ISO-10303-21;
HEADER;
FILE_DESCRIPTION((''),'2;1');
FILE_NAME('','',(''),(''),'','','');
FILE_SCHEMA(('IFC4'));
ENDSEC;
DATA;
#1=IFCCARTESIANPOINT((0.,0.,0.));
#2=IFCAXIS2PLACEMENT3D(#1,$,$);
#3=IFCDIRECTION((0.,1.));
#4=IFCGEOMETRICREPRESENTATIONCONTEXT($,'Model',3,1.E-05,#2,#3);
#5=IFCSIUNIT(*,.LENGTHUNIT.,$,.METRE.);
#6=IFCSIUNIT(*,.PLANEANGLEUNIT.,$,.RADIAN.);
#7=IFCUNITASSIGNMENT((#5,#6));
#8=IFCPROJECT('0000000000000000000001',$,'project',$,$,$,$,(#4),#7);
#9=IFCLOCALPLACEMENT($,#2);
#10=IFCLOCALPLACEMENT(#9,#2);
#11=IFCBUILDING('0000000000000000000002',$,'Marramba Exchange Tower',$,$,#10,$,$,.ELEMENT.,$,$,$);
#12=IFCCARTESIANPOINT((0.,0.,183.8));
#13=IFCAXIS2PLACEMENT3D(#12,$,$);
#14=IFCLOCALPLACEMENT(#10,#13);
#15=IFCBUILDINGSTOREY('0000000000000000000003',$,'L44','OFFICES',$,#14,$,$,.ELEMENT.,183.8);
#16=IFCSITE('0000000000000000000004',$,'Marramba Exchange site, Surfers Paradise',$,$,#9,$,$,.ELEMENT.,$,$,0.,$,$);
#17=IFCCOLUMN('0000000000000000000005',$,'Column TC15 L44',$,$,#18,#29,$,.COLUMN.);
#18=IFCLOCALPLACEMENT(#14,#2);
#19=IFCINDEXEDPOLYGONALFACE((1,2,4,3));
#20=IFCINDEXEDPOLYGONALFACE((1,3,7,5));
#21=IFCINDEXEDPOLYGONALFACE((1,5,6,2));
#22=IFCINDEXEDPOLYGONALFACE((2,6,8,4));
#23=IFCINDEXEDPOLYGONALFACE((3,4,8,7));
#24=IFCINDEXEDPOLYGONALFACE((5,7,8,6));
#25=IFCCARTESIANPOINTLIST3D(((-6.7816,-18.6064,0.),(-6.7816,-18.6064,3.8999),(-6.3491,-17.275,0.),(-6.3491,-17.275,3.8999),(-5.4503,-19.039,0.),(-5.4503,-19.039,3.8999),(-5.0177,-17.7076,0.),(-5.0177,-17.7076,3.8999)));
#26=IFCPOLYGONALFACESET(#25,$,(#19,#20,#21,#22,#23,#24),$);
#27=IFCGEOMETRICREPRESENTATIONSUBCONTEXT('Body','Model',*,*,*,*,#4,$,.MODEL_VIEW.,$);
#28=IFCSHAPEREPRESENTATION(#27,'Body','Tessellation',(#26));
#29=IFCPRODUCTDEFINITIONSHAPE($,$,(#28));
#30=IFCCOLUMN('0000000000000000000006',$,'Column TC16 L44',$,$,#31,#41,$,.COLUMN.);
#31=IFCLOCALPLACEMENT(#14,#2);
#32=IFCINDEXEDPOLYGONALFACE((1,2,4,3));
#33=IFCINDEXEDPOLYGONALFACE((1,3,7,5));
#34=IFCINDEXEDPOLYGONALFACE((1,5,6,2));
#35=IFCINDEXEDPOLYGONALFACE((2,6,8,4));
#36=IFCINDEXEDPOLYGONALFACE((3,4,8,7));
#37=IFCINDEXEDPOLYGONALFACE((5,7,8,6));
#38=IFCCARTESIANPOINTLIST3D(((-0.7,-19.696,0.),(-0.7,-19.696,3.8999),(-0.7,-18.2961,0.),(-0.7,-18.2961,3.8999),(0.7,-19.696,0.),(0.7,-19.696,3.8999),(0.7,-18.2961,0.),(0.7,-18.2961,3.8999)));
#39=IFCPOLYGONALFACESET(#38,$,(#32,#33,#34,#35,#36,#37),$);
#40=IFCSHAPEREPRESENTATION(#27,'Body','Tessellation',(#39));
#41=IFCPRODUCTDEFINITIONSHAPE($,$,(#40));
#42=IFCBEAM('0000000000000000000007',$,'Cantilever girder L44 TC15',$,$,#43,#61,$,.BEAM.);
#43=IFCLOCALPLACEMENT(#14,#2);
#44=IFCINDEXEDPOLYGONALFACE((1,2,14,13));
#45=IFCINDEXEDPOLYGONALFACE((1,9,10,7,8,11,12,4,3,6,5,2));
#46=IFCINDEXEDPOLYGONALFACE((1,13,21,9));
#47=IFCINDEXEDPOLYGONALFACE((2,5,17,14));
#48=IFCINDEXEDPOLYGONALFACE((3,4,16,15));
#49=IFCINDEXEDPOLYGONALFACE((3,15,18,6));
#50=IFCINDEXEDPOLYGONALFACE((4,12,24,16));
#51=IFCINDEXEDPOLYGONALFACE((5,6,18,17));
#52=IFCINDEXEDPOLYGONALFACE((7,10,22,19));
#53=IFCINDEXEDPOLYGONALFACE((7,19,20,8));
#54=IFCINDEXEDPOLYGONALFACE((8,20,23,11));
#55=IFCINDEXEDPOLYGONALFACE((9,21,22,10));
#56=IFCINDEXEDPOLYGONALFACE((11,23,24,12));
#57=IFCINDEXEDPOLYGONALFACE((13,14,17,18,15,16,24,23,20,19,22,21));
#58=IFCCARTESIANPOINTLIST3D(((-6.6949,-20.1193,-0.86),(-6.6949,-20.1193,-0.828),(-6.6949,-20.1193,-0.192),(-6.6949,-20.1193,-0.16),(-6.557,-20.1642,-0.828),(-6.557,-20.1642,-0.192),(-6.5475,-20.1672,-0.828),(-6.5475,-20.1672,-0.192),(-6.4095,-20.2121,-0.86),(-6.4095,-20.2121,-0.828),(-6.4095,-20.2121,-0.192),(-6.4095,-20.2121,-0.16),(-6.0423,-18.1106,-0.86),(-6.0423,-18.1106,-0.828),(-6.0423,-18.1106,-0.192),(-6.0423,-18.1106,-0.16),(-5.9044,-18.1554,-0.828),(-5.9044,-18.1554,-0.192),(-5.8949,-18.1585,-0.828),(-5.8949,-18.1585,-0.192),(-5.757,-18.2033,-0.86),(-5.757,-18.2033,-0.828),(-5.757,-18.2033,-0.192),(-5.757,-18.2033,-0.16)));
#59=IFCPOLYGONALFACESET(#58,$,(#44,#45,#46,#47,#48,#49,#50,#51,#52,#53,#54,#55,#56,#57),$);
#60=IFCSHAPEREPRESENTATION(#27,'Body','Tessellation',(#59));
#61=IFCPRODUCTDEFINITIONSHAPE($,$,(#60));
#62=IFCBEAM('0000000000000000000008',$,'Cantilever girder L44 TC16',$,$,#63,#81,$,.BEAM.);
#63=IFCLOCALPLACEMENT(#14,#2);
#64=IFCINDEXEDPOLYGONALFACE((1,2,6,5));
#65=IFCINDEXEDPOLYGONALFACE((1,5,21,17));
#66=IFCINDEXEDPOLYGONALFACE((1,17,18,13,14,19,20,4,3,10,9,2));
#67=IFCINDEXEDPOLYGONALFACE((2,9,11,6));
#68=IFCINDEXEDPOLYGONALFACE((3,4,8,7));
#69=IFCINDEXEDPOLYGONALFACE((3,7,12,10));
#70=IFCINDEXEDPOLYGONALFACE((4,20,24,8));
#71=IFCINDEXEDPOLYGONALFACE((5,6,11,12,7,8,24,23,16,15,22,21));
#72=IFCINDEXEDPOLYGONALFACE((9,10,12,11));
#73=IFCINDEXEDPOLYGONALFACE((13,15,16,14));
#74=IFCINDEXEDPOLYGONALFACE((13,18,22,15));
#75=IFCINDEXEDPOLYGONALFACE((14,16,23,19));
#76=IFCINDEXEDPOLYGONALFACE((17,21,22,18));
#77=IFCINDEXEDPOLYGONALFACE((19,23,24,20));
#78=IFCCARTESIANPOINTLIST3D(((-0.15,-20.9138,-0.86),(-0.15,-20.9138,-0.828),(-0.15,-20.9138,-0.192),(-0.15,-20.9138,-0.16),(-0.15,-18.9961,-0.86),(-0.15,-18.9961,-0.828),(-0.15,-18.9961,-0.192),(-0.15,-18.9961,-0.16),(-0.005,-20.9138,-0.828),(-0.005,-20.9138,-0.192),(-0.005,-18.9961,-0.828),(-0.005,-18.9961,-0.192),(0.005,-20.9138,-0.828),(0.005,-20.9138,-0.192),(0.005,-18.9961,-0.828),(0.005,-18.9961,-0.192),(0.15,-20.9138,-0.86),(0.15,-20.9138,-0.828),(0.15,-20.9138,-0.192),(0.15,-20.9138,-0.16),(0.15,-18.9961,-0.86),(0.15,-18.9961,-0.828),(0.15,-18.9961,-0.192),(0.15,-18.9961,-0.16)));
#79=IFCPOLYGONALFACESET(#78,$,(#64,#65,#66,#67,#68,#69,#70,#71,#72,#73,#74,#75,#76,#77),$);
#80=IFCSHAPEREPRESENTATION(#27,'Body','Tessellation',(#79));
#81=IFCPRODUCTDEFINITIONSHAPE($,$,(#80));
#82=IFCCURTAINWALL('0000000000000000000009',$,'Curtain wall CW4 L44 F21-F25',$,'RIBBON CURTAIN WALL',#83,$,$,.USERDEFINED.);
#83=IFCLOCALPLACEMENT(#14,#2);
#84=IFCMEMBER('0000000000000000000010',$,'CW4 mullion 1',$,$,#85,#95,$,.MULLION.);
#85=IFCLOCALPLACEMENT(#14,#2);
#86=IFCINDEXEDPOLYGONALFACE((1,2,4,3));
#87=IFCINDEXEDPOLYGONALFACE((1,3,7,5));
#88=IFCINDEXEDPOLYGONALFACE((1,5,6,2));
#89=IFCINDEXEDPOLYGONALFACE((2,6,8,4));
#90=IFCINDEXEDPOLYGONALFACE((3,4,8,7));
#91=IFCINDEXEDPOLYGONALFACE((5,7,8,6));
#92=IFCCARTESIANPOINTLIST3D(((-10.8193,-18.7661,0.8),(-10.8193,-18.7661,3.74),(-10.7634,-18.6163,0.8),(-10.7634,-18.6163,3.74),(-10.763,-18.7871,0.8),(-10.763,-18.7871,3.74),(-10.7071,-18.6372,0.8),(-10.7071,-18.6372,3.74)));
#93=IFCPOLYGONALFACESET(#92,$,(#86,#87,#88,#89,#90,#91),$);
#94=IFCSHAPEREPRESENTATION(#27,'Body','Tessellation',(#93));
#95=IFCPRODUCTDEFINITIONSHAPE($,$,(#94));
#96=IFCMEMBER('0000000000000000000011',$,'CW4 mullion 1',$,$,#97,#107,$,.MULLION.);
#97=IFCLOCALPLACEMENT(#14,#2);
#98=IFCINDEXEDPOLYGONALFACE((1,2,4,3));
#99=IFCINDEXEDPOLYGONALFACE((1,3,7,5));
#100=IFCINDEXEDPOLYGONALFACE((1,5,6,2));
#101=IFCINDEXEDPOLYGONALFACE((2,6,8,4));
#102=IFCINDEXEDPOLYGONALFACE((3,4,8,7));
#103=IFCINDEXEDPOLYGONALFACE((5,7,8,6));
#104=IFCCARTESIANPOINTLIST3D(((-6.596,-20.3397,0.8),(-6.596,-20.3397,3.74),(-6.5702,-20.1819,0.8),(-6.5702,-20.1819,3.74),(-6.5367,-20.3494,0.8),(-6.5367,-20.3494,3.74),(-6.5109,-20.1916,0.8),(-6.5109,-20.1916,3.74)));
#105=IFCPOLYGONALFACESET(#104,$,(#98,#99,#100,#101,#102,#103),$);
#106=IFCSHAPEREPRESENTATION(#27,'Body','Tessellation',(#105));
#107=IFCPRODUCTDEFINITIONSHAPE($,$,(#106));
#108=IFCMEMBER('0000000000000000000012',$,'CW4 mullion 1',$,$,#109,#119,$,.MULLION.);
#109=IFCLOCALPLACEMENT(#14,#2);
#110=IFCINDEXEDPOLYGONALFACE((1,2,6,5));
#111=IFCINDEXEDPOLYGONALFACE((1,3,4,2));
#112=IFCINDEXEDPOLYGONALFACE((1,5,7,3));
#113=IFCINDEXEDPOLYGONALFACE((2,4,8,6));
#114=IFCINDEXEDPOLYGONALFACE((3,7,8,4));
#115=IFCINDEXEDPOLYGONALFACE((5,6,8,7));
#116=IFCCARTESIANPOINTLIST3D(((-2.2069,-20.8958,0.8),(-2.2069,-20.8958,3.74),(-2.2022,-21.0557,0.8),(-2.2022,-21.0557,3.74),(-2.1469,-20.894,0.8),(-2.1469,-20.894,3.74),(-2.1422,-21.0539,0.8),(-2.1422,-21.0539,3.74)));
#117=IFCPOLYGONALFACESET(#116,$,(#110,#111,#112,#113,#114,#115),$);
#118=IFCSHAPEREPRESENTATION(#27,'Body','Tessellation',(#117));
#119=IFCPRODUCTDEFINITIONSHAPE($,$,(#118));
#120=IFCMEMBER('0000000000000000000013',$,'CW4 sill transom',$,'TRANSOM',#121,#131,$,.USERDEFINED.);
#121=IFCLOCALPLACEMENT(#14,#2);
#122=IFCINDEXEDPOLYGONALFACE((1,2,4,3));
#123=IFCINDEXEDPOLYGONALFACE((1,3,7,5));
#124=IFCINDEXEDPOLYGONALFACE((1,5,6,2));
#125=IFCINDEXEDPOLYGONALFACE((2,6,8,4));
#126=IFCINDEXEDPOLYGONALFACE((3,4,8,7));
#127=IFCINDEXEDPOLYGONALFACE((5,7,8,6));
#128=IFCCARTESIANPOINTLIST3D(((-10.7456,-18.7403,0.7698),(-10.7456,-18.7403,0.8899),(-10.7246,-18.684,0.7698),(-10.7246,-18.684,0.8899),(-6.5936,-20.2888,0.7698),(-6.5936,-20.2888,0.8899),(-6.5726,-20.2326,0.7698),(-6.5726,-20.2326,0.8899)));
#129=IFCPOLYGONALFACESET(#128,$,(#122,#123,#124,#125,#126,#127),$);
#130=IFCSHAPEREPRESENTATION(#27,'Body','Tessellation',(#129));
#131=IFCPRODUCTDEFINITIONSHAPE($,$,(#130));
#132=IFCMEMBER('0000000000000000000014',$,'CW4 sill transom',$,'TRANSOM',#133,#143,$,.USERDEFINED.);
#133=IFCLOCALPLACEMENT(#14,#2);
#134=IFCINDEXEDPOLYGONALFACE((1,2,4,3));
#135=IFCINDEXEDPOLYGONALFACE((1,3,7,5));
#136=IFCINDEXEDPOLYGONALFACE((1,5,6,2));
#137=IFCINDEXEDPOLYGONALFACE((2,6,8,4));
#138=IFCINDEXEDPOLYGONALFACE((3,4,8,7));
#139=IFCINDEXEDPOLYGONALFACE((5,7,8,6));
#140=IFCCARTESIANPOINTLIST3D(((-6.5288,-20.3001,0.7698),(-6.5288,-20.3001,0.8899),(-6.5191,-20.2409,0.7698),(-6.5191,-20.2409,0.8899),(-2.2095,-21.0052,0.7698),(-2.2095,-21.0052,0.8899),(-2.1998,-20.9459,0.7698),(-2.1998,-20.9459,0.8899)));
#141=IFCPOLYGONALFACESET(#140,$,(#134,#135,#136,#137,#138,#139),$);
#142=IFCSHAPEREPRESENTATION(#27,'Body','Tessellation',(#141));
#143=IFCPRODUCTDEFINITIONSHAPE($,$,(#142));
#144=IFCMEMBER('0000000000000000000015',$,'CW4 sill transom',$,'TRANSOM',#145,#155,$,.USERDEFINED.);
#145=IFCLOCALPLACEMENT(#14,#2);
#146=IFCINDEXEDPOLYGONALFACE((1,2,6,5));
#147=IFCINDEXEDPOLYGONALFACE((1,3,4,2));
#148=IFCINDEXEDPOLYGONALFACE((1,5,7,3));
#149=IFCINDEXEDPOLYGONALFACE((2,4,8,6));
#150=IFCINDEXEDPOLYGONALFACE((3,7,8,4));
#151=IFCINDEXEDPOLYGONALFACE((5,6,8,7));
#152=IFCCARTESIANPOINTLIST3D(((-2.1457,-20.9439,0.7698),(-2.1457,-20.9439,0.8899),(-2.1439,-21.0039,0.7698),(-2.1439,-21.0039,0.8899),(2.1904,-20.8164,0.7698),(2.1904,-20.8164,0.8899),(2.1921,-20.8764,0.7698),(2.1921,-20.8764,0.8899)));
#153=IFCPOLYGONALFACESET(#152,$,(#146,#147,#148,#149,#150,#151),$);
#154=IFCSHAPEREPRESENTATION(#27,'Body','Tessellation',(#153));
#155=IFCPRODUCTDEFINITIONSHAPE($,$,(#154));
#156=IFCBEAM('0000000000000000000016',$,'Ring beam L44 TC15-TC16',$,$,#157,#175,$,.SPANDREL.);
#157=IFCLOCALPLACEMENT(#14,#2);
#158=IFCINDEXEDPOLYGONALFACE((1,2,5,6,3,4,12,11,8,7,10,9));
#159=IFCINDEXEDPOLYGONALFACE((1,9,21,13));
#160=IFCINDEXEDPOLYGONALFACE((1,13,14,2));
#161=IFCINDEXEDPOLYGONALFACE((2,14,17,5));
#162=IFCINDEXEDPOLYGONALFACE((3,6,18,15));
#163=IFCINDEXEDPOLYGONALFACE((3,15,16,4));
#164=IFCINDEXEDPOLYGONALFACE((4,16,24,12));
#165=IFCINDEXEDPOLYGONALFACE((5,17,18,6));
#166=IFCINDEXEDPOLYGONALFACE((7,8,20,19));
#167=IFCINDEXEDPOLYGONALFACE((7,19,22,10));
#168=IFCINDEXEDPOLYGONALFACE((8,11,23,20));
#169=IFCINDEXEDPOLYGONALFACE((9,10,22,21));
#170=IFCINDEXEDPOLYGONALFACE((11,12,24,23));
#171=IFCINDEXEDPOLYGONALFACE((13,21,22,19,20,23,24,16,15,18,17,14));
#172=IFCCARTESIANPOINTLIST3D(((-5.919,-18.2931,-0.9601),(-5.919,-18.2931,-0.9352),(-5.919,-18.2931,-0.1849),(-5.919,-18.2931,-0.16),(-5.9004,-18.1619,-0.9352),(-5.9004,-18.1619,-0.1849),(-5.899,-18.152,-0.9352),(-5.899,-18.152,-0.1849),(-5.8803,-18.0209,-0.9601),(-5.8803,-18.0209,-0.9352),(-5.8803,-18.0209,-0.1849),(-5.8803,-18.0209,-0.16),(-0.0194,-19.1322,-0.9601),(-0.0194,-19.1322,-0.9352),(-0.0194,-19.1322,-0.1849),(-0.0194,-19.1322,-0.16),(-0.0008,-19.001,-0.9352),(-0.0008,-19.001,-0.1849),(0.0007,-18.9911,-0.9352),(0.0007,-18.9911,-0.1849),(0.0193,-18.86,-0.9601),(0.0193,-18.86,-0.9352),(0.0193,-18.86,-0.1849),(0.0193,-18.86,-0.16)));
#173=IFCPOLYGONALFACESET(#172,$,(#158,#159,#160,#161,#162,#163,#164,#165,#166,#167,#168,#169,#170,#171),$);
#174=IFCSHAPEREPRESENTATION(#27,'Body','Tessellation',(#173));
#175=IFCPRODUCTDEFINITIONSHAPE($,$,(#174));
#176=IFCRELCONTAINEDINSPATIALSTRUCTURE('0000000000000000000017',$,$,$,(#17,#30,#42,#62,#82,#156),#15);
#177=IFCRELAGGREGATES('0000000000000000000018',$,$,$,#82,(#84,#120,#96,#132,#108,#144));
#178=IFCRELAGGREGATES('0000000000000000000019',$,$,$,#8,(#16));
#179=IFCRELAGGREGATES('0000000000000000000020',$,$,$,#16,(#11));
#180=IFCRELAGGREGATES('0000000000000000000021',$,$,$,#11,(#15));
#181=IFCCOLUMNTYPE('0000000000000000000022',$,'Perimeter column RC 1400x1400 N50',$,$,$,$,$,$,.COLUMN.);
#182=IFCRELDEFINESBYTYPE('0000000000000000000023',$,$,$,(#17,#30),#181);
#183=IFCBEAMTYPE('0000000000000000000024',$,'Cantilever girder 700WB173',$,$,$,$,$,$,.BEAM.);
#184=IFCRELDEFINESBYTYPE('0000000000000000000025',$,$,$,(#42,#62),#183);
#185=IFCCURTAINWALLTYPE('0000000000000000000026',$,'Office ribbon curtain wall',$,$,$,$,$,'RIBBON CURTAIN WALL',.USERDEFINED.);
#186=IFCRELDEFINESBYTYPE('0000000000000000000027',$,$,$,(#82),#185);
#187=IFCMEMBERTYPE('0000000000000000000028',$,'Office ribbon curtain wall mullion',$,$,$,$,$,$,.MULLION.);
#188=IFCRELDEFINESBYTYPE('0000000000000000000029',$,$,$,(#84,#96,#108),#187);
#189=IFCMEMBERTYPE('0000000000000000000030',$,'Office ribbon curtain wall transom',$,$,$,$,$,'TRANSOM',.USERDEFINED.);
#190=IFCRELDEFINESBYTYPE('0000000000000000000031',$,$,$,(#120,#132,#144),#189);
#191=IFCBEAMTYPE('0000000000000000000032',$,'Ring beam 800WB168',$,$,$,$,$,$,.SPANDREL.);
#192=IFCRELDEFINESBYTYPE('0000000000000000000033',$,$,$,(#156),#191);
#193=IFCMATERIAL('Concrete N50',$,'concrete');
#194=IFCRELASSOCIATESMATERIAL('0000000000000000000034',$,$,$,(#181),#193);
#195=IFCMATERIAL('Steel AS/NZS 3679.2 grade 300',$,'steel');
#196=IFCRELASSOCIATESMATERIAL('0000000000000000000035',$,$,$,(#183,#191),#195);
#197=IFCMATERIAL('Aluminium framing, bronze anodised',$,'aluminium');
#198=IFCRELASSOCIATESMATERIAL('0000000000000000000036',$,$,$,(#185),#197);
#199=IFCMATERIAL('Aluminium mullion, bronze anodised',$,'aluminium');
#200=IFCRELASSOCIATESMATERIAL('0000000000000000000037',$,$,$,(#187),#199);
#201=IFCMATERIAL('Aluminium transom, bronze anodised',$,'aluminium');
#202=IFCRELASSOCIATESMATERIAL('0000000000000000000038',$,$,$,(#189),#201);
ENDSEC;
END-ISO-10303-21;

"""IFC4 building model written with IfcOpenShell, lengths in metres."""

from ifc_helpers import new_model, si_unit, direction, frame, origin, origin_2d, place, context, subcontext, project, spatial, rectangle, i_section, extrude, material, material_profile, profile_set, type_object, element, aggregate, save


model = new_model("IFC4")

# Units and contexts
model_context = context("Model", 3, precision=1e-05, world=origin(), true_north=direction((0.0, 1.0)))
body_context = subcontext(model_context, "Body", "Model", "MODEL_VIEW")
ifc_project = project(units=[si_unit("LENGTHUNIT", "METRE"), si_unit("PLANEANGLEUNIT", "RADIAN")], contexts=[model_context])

# Site, building, storey
site_placement = place(None, origin())
site = spatial("IfcSite", under=ifc_project, at=site_placement, Name="Marramba Exchange site, Surfers Paradise", CompositionType="ELEMENT", RefElevation=0.0)
building_placement = place(site_placement, origin())
building = spatial("IfcBuilding", under=site, at=building_placement, Name="Marramba Exchange Tower", CompositionType="ELEMENT")
storey_placement = place(building_placement, frame((0.0, 0.0, 183.8)))
storey = spatial("IfcBuildingStorey", under=building, at=storey_placement, Name="L44", Description="OFFICES", CompositionType="ELEMENT", Elevation=183.8)

# Columns
ifc_material_1 = material(Name="Concrete N50", Category="concrete")
ifc_material_profile_1 = material_profile(ifc_material_1, rectangle(XDim=1.3999, YDim=1.3999, at=origin_2d()), Name="RC 1400x1400")
ifc_profile_set_1 = profile_set([ifc_material_profile_1], Name="Concrete N50")
column_type = type_object("IfcColumnType", Name="Perimeter column RC 1400x1400 N50", PredefinedType="COLUMN", material=ifc_profile_set_1)
for number, where, z_axis, x_axis, name in (
    (1, (-5.8997, -18.157, 0.0), (0.0, 0.0, 1.0), (-0.309017, -0.951057, 0.0), "Column TC15 L44"),
    (2, (0.0, -18.9961, 0.0), (0.0, 0.0, 1.0), (0.0, -1.0, 0.0), "Column TC16 L44"),
):
    element("IfcColumn", number, at=place(storey_placement, frame(where, z_axis=z_axis, x_axis=x_axis)), inside=storey, type_object=column_type, Name=name, PredefinedType="COLUMN", context=body_context, shape_type="SweptSolid", body=[
        extrude(rectangle(XDim=1.3999, YDim=1.3999, at=origin_2d()), origin(), (0.0, 0.0, 1.0), 3.8999),
    ])

# Beams
ifc_material_2 = material(Name="Steel AS/NZS 3679.2 grade 300", Category="steel")
ifc_material_profile_2 = material_profile(ifc_material_2, i_section(OverallWidth=0.3, OverallDepth=0.7, WebThickness=0.01, FlangeThickness=0.032, at=origin_2d()), Name="700WB173")
ifc_profile_set_2 = profile_set([ifc_material_profile_2], Name="Steel AS/NZS 3679.2 grade 300")
beam_type_1 = type_object("IfcBeamType", Name="Cantilever girder 700WB173", PredefinedType="BEAM", material=ifc_profile_set_2)
beam_1_placement = place(storey_placement, frame((-5.8997, -18.157, -0.51), z_axis=(-0.308971, -0.951071, 0.0), x_axis=(0.951071, -0.308971, 0.0)))
element("IfcBeam", 3, at=beam_1_placement, inside=storey, type_object=beam_type_1, Name="Cantilever girder L44 TC15", PredefinedType="BEAM", context=body_context, shape_type="SweptSolid", body=[
    extrude(i_section(OverallWidth=0.3, OverallDepth=0.7, WebThickness=0.01, FlangeThickness=0.032, at=origin_2d()), origin(), (0.0, 0.0, 1.0), 2.1121),
])
beam_2_placement = place(storey_placement, frame((0.0, -18.9961, -0.51), z_axis=(0.0, -1.0, 0.0), x_axis=(1.0, 0.0, 0.0)))
element("IfcBeam", 4, at=beam_2_placement, inside=storey, type_object=beam_type_1, Name="Cantilever girder L44 TC16", PredefinedType="BEAM", context=body_context, shape_type="SweptSolid", body=[
    extrude(i_section(OverallWidth=0.3, OverallDepth=0.7, WebThickness=0.01, FlangeThickness=0.032, at=origin_2d()), origin(), (0.0, 0.0, 1.0), 1.9177),
])

# Curtain wall, members
ifc_material_3 = material(Name="Aluminium framing, bronze anodised", Category="aluminium")
curtain_wall_type = type_object("IfcCurtainWallType", Name="Office ribbon curtain wall", ElementType="RIBBON CURTAIN WALL", PredefinedType="USERDEFINED", material=ifc_material_3)
curtain_wall_placement = place(storey_placement, origin())
curtain_wall = element("IfcCurtainWall", 5, at=curtain_wall_placement, inside=storey, type_object=curtain_wall_type, Name="Curtain wall CW4 L44 F21-F25", ObjectType="RIBBON CURTAIN WALL", PredefinedType="USERDEFINED")
ifc_material_4 = material(Name="Aluminium mullion, bronze anodised", Category="aluminium")
ifc_material_profile_3 = material_profile(ifc_material_4, rectangle(XDim=0.1599, YDim=0.0601, at=origin_2d()), Name="CW4 mullion 60x160")
ifc_profile_set_3 = profile_set([ifc_material_profile_3], Name="Aluminium mullion, bronze anodised")
member_type_1 = type_object("IfcMemberType", Name="Office ribbon curtain wall mullion", PredefinedType="MULLION", material=ifc_profile_set_3)
member_1_placement = place(storey_placement, frame((-10.7632, -18.7017, 0.8), z_axis=(0.0, 0.0, 1.0), x_axis=(0.349459, 0.936952, 0.0)))
member_1 = element("IfcMember", 6, at=member_1_placement, type_object=member_type_1, Name="CW4 mullion 1", PredefinedType="MULLION", context=body_context, shape_type="SweptSolid", body=[
    extrude(rectangle(XDim=0.1599, YDim=0.0601, at=origin_2d()), origin(), (0.0, 0.0, 1.0), 2.9399),
])
member_2_placement = place(storey_placement, frame((-6.5535, -20.2656, 0.8), z_axis=(0.0, 0.0, 1.0), x_axis=(0.161146, 0.986931, 0.0)))
member_2 = element("IfcMember", 7, at=member_2_placement, type_object=member_type_1, Name="CW4 mullion 1", PredefinedType="MULLION", context=body_context, shape_type="SweptSolid", body=[
    extrude(rectangle(XDim=0.1599, YDim=0.0601, at=origin_2d()), origin(), (0.0, 0.0, 1.0), 2.9399),
])
member_3_placement = place(storey_placement, frame((-2.1746, -20.9749, 0.8), z_axis=(0.0, 0.0, 1.0), x_axis=(-0.029393, 0.999568, 0.0)))
member_3 = element("IfcMember", 8, at=member_3_placement, type_object=member_type_1, Name="CW4 mullion 1", PredefinedType="MULLION", context=body_context, shape_type="SweptSolid", body=[
    extrude(rectangle(XDim=0.1599, YDim=0.0601, at=origin_2d()), origin(), (0.0, 0.0, 1.0), 2.9399),
])
ifc_material_5 = material(Name="Aluminium transom, bronze anodised", Category="aluminium")
ifc_material_profile_4 = material_profile(ifc_material_5, rectangle(XDim=0.0601, YDim=0.1201, at=origin_2d()), Name="CW4 transom 60x120")
ifc_profile_set_4 = profile_set([ifc_material_profile_4], Name="Aluminium transom, bronze anodised")
member_type_2 = type_object("IfcMemberType", Name="Office ribbon curtain wall transom", ElementType="TRANSOM", PredefinedType="USERDEFINED", material=ifc_profile_set_4)
member_4_placement = place(storey_placement, frame((-10.7351, -18.7122, 0.8298), z_axis=(0.936955, -0.34945, 0.0), x_axis=(0.34945, 0.936955, 0.0)))
member_4 = element("IfcMember", 9, at=member_4_placement, type_object=member_type_2, Name="CW4 sill transom", ObjectType="TRANSOM", PredefinedType="USERDEFINED", context=body_context, shape_type="SweptSolid", body=[
    extrude(rectangle(XDim=0.0601, YDim=0.1201, at=origin_2d()), origin(), (0.0, 0.0, 1.0), 4.4314),
])
member_5_placement = place(storey_placement, frame((-6.5239, -20.2705, 0.8298), z_axis=(0.986937, -0.161105, 0.0), x_axis=(0.161105, 0.986937, 0.0)))
member_5 = element("IfcMember", 10, at=member_5_placement, type_object=member_type_2, Name="CW4 sill transom", ObjectType="TRANSOM", PredefinedType="USERDEFINED", context=body_context, shape_type="SweptSolid", body=[
    extrude(rectangle(XDim=0.0601, YDim=0.1201, at=origin_2d()), origin(), (0.0, 0.0, 1.0), 4.3765),
])
member_6_placement = place(storey_placement, frame((-2.1448, -20.9739, 0.8298), z_axis=(0.999568, 0.029379, 0.0), x_axis=(-0.029379, 0.999568, 0.0)))
member_6 = element("IfcMember", 11, at=member_6_placement, type_object=member_type_2, Name="CW4 sill transom", ObjectType="TRANSOM", PredefinedType="USERDEFINED", context=body_context, shape_type="SweptSolid", body=[
    extrude(rectangle(XDim=0.0601, YDim=0.1201, at=origin_2d()), origin(), (0.0, 0.0, 1.0), 4.3379),
])

# Beam
ifc_material_profile_5 = material_profile(ifc_material_2, i_section(OverallWidth=0.2749, OverallDepth=0.8, WebThickness=0.01, FlangeThickness=0.0249, at=origin_2d()), Name="800WB168")
ifc_profile_set_5 = profile_set([ifc_material_profile_5], Name="Steel AS/NZS 3679.2 grade 300")
beam_type_2 = type_object("IfcBeamType", Name="Ring beam 800WB168", PredefinedType="SPANDREL", material=ifc_profile_set_5)
for number, where, z_axis, x_axis, name in (
    (12, (-5.8997, -18.157, -0.5601), (0.990036, -0.140813, 0.0), (0.140813, 0.990036, 0.0), "Ring beam L44 TC15-TC16"),
):
    element("IfcBeam", number, at=place(storey_placement, frame(where, z_axis=z_axis, x_axis=x_axis)), inside=storey, type_object=beam_type_2, Name=name, PredefinedType="SPANDREL", context=body_context, shape_type="SweptSolid", body=[
        extrude(i_section(OverallWidth=0.2749, OverallDepth=0.8, WebThickness=0.01, FlangeThickness=0.0249, at=origin_2d()), origin(), (0.0, 0.0, 1.0), 5.959),
    ])

aggregate(curtain_wall, [member_1, member_4, member_2, member_5, member_3, member_6])

save(model, "model.ifc")
